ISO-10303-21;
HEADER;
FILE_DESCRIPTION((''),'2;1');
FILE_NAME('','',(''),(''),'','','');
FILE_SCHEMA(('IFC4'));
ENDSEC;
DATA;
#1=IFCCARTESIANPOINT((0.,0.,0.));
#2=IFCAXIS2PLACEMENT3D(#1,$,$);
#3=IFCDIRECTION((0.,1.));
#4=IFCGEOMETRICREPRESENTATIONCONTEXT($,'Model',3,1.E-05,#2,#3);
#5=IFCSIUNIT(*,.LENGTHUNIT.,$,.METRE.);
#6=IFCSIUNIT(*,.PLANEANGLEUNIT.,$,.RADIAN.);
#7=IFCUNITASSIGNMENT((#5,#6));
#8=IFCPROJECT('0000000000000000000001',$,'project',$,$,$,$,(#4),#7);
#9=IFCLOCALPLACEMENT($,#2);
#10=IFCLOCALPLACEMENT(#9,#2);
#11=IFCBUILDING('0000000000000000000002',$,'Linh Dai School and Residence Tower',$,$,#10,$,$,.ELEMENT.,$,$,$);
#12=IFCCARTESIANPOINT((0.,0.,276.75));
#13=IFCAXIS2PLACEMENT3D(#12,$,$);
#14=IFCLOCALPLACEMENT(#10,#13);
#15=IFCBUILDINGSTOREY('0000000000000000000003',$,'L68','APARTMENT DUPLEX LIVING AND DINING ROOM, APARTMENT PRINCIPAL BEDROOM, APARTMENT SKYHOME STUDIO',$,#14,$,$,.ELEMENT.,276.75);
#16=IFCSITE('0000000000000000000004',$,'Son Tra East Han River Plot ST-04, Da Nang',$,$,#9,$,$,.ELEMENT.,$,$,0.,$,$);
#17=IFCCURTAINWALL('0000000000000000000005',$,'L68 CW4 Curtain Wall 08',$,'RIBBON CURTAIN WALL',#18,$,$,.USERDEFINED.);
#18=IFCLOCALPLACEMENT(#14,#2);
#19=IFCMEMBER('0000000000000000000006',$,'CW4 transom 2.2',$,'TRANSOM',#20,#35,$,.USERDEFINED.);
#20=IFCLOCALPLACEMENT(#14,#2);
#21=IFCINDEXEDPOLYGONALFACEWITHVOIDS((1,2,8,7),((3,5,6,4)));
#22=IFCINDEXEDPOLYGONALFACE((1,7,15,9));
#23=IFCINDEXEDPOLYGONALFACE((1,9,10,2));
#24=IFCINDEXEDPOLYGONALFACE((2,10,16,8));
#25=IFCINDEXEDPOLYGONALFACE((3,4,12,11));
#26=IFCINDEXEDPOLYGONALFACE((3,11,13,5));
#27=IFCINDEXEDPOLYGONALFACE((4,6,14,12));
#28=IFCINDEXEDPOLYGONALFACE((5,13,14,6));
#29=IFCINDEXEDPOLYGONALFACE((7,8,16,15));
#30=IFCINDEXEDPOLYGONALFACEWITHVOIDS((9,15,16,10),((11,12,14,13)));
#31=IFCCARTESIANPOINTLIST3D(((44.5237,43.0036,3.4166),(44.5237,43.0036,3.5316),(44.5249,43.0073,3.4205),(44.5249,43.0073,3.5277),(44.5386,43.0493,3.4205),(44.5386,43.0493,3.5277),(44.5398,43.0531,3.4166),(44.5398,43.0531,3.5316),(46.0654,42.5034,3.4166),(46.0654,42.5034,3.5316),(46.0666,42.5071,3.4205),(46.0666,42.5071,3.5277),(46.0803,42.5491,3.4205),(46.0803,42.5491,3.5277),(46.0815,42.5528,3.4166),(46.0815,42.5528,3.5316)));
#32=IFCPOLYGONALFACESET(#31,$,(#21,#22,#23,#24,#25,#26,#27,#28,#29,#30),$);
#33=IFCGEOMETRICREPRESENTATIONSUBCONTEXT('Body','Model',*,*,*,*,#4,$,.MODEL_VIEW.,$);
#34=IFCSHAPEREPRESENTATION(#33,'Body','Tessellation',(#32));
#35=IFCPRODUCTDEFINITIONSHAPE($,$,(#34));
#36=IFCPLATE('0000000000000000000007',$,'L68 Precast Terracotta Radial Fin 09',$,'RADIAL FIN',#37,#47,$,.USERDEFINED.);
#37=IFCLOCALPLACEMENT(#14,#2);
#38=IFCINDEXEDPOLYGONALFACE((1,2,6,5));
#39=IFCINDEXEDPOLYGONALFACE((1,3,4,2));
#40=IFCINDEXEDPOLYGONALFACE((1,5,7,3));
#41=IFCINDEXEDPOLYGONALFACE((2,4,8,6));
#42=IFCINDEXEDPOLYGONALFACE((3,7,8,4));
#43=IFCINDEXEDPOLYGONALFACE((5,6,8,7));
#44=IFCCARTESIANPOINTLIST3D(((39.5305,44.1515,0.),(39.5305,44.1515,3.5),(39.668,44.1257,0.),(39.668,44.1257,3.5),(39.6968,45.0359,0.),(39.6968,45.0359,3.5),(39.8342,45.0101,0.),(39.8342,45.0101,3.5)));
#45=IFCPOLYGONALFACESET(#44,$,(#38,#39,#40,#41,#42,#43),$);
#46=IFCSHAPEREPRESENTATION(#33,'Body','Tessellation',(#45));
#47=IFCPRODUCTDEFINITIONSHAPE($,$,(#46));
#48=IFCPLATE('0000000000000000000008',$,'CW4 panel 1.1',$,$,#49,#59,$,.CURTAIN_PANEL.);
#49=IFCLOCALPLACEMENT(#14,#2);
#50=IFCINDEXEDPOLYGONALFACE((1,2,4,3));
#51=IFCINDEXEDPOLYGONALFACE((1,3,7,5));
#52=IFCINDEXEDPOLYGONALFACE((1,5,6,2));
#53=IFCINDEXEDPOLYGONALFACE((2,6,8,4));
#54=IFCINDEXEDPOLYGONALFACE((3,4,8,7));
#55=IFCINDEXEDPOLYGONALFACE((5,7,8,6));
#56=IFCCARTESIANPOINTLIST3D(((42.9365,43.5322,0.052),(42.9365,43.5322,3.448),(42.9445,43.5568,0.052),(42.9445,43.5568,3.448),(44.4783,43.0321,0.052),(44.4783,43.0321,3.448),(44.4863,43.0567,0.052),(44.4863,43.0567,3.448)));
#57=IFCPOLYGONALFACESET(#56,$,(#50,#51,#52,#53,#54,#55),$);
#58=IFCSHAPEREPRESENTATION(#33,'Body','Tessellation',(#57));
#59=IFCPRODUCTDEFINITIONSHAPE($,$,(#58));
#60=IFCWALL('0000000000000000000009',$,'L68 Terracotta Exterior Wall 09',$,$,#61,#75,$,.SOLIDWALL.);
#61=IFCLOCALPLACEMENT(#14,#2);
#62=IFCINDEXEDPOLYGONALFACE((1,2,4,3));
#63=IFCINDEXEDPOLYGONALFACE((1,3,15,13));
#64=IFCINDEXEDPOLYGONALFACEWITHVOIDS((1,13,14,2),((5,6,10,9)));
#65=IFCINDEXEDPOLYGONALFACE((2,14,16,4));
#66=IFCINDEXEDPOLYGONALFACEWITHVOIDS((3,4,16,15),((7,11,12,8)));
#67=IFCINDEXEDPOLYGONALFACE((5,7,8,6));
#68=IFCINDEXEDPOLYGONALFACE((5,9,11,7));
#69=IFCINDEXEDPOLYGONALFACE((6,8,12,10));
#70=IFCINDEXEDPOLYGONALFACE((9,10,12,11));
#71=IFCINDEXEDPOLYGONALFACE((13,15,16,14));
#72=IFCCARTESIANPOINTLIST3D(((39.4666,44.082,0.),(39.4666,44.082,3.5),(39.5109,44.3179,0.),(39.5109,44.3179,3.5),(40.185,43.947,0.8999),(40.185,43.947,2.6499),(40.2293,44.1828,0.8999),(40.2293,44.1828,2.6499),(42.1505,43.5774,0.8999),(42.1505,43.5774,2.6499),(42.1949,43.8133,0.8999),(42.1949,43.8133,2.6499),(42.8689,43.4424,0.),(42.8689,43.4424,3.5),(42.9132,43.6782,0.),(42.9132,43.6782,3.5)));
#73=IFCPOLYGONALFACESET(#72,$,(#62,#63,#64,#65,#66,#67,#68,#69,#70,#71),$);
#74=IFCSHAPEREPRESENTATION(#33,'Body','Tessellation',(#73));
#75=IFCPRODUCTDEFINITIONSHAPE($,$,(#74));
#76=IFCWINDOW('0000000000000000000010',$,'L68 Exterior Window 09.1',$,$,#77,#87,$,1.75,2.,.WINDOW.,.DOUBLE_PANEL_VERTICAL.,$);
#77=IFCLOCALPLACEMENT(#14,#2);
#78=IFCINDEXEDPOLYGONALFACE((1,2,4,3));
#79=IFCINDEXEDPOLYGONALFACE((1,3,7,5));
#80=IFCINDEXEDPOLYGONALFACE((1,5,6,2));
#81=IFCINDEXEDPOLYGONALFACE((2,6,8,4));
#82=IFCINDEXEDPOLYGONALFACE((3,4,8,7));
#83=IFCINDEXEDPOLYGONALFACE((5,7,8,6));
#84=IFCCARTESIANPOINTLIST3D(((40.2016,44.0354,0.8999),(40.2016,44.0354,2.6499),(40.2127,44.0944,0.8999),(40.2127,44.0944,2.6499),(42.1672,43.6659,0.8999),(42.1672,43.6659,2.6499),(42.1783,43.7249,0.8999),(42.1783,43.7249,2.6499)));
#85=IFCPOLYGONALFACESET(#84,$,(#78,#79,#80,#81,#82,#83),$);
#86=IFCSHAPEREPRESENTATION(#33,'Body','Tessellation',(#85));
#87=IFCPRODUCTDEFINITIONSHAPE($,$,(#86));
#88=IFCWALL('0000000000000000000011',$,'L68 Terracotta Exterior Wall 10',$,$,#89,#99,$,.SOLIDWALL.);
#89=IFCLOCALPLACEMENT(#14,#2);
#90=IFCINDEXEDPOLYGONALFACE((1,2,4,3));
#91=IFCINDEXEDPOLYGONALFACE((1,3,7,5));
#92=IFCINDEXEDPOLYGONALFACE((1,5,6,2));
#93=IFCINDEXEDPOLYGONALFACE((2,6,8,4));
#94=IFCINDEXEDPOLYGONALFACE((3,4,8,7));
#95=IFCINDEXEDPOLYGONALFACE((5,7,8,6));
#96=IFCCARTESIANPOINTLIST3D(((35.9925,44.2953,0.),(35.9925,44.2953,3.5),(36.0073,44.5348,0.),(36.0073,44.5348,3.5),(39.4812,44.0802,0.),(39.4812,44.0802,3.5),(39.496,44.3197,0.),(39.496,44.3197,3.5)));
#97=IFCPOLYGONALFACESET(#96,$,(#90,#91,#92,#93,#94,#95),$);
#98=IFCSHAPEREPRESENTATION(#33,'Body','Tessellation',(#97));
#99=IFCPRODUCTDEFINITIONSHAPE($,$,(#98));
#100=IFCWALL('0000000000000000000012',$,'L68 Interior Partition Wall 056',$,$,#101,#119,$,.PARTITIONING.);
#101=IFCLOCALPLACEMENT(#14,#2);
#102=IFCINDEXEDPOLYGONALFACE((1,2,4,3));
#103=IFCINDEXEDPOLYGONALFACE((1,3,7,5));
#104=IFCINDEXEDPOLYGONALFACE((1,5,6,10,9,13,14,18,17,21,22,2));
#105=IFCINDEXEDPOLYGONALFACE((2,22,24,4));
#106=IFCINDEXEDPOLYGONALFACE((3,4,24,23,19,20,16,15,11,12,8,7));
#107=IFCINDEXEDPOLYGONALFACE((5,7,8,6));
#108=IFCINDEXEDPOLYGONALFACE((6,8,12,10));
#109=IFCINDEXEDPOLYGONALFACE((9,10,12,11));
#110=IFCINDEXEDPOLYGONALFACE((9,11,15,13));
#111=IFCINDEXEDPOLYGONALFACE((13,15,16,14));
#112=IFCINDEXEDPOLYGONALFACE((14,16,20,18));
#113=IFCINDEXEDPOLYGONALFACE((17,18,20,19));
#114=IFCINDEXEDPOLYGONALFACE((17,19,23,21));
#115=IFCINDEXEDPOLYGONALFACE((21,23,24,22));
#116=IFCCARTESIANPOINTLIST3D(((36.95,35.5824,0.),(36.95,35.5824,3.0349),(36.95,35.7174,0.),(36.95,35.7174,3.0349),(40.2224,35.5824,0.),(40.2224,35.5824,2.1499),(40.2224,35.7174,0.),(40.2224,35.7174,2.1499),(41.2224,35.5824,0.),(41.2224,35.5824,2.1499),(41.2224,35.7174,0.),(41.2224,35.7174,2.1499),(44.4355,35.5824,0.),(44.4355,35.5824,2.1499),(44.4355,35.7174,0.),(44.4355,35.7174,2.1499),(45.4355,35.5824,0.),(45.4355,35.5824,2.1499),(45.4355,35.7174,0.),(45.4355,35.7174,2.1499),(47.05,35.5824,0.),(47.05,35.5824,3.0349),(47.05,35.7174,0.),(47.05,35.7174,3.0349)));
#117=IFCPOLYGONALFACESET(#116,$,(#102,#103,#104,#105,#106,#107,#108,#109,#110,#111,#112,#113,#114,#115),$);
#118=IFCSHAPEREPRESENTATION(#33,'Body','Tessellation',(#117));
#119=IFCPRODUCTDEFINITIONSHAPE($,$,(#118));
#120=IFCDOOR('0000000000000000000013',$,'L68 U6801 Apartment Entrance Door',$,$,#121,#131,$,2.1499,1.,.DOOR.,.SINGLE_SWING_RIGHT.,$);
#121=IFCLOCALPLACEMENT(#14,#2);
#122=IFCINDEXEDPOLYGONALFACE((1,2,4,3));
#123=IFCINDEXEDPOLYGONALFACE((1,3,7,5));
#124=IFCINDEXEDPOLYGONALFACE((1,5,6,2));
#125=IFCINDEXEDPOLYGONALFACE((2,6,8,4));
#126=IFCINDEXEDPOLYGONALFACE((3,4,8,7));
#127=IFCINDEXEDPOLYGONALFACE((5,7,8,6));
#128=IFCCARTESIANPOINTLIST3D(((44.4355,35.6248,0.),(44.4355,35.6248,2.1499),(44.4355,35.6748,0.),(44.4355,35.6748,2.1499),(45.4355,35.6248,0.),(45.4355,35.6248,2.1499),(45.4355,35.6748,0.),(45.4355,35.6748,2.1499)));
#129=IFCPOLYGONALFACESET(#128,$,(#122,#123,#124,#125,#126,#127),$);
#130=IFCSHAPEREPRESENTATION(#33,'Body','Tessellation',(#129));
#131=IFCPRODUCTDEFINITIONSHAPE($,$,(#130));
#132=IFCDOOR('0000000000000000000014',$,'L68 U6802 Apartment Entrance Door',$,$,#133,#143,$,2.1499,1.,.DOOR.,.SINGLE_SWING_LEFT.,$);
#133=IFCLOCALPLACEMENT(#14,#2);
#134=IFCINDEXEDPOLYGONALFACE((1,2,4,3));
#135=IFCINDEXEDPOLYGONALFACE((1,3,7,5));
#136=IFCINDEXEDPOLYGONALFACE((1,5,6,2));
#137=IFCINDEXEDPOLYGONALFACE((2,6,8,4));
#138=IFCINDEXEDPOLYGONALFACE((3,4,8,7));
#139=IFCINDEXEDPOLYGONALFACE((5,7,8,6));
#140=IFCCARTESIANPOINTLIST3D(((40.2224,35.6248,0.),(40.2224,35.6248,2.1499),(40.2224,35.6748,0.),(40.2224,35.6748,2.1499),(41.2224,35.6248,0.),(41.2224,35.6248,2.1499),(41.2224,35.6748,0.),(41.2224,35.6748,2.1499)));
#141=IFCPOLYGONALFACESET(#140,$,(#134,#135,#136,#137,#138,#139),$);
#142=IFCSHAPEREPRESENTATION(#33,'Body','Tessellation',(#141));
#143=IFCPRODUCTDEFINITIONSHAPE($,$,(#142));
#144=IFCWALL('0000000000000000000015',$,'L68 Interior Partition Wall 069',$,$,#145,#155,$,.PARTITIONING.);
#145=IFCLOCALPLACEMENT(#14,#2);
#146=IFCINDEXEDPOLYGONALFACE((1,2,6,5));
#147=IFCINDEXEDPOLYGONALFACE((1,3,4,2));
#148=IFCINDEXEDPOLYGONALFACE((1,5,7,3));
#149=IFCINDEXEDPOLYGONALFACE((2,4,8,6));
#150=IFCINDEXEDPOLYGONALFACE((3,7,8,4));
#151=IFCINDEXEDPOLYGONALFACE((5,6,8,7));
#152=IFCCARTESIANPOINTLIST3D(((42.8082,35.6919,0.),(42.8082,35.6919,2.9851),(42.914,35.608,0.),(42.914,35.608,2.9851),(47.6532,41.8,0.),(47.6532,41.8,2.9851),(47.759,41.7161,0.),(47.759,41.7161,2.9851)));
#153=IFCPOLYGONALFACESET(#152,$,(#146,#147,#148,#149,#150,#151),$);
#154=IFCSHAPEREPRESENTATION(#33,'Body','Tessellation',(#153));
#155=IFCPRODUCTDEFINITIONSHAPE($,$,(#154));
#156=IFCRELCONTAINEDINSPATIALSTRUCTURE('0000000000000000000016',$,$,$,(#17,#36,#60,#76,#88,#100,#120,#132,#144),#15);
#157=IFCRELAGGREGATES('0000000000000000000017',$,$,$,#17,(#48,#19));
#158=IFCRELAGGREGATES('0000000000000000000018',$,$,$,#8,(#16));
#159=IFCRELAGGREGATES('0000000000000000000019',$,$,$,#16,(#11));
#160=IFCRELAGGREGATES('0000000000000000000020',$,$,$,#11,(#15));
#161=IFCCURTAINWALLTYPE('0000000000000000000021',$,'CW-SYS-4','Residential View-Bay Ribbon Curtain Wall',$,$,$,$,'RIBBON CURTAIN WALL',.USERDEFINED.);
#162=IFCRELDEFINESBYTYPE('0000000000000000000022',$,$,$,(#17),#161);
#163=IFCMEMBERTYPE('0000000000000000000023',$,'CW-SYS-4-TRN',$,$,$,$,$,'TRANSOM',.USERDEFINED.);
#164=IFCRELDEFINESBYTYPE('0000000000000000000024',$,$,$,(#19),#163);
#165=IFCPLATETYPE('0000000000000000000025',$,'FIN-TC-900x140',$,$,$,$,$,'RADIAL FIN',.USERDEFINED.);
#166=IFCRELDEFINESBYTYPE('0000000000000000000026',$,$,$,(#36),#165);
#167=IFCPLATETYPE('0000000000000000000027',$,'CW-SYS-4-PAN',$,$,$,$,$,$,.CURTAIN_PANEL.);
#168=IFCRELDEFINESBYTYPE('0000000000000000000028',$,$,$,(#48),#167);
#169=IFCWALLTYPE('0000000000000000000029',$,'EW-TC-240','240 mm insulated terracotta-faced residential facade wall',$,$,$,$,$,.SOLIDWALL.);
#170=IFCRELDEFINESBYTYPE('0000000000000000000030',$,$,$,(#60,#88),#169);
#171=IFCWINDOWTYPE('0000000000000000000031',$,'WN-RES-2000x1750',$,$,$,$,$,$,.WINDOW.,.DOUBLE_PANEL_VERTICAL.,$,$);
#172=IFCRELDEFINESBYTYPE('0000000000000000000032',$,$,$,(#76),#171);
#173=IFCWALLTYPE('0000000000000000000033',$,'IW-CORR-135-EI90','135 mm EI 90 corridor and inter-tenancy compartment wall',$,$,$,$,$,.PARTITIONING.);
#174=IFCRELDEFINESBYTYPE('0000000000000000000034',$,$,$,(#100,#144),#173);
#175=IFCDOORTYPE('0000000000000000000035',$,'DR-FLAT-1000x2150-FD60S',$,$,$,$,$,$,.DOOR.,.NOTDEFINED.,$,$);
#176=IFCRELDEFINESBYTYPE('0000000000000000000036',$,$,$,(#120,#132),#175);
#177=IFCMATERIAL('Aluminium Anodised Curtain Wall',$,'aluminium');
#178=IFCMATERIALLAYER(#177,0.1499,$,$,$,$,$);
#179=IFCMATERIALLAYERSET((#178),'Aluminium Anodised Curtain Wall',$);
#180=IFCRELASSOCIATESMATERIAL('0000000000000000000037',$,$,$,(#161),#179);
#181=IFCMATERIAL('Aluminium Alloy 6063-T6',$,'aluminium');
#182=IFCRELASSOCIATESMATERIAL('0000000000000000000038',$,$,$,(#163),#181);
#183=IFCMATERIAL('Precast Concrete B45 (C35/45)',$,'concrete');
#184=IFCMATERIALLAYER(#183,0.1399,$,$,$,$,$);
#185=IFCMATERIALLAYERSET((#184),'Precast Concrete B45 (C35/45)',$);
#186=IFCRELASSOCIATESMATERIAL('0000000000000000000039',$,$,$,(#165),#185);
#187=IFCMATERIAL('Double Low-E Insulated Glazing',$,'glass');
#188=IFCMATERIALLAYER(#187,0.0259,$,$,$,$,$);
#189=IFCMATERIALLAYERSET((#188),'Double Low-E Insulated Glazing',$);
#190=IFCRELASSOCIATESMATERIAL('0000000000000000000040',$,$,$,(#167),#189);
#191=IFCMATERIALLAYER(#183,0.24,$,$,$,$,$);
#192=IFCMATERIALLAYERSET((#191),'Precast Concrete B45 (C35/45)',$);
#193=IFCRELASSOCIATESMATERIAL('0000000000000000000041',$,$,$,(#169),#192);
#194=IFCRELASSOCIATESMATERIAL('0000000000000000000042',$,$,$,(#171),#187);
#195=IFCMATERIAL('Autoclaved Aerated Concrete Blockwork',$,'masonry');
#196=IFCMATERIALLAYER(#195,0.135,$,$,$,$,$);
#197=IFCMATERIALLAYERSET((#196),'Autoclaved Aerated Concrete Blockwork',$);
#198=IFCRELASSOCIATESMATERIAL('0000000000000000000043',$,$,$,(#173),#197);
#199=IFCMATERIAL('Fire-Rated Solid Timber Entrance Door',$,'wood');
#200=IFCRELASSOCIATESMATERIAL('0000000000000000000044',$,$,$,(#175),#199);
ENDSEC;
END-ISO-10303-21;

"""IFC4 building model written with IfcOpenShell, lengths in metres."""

from ifc_helpers import new_model, si_unit, direction, frame, frame_2d, origin, origin_2d, place, context, subcontext, project, spatial, rectangle, hollow_rectangle, extrude, source, transform, mapped, material, layer, layer_set, material_profile, profile_set, type_object, element, fill, aggregate, save


model = new_model("IFC4")

# Units and contexts
model_context = context("Model", 3, precision=1e-05, world=origin(), true_north=direction((0.0, 1.0)))
body_context = subcontext(model_context, "Body", "Model", "MODEL_VIEW")
ifc_project = project(units=[si_unit("LENGTHUNIT", "METRE"), si_unit("PLANEANGLEUNIT", "RADIAN")], contexts=[model_context])

# Site, building, storey
site_placement = place(None, origin())
site = spatial("IfcSite", under=ifc_project, at=site_placement, Name="Son Tra East Han River Plot ST-04, Da Nang", CompositionType="ELEMENT", RefElevation=0.0)
building_placement = place(site_placement, origin())
building = spatial("IfcBuilding", under=site, at=building_placement, Name="Linh Dai School and Residence Tower", CompositionType="ELEMENT")
storey_placement = place(building_placement, frame((0.0, 0.0, 276.75)))
storey = spatial("IfcBuildingStorey", under=building, at=storey_placement, Name="L68", Description="APARTMENT DUPLEX LIVING AND DINING ROOM, APARTMENT PRINCIPAL BEDROOM, APARTMENT SKYHOME STUDIO", CompositionType="ELEMENT", Elevation=276.75)

# Curtain wall, member
ifc_material_1 = material(Name="Aluminium Anodised Curtain Wall", Category="aluminium")
ifc_layer_1 = layer(ifc_material_1, 0.1499)
ifc_layer_set_1 = layer_set([ifc_layer_1], Name="Aluminium Anodised Curtain Wall")
curtain_wall_type = type_object("IfcCurtainWallType", Name="CW-SYS-4", Description="Residential View-Bay Ribbon Curtain Wall", ElementType="RIBBON CURTAIN WALL", PredefinedType="USERDEFINED", material=ifc_layer_set_1)
curtain_wall_placement = place(storey_placement, origin())
curtain_wall = element("IfcCurtainWall", 1, at=curtain_wall_placement, inside=storey, type_object=curtain_wall_type, Name="L68 CW4 Curtain Wall 08", ObjectType="RIBBON CURTAIN WALL", PredefinedType="USERDEFINED")
ifc_material_2 = material(Name="Aluminium Alloy 6063-T6", Category="aluminium")
ifc_material_profile_1 = material_profile(ifc_material_2, hollow_rectangle(XDim=0.052, YDim=0.115, WallThickness=0.0039, at=origin_2d()), Name="RHS 115x52x4")
ifc_profile_set_1 = profile_set([ifc_material_profile_1], Name="Aluminium Alloy 6063-T6")
member_type_1 = type_object("IfcMemberType", Name="CW-SYS-4-TRN", ElementType="TRANSOM", PredefinedType="USERDEFINED", material=ifc_profile_set_1)
shared_shape_1 = source(origin(), body_context, "Body", "SweptSolid", [
    extrude(hollow_rectangle(XDim=0.052, YDim=0.115, WallThickness=0.0039, at=origin_2d()), origin(), (0.0, 0.0, 1.0), 1.6208),
])
member_1_placement = place(storey_placement, frame((44.5317, 43.0283, 3.4741), z_axis=(0.951183, -0.308626, 0.0), x_axis=(0.308626, 0.951183, 0.0)))
member_1 = element("IfcMember", 2, at=member_1_placement, type_object=member_type_1, Name="CW4 transom 2.2", ObjectType="TRANSOM", PredefinedType="USERDEFINED", context=body_context, shape_type="MappedRepresentation", body=[
    mapped(shared_shape_1, transform((0.0, 0.0, 0.0), x_axis=(1.0, 0.0, 0.0), y_axis=(0.0, 1.0, 0.0), z_axis=(0.0, 0.0, 1.0), scale=1.0)),
])

# Plates
ifc_material_3 = material(Name="Precast Concrete B45 (C35/45)", Category="concrete")
ifc_layer_2 = layer(ifc_material_3, 0.1399)
ifc_layer_set_2 = layer_set([ifc_layer_2], Name="Precast Concrete B45 (C35/45)")
plate_type_1 = type_object("IfcPlateType", Name="FIN-TC-900x140", ElementType="RADIAL FIN", PredefinedType="USERDEFINED", material=ifc_layer_set_2)
shared_shape_2 = source(origin(), body_context, "Body", "SweptSolid", [
    extrude(rectangle(XDim=0.8999, YDim=0.1399, at=origin_2d()), origin(), (0.0, 0.0, 1.0), 3.5),
])
plate_1_placement = place(storey_placement, frame((39.6824, 44.5808, 0.0), z_axis=(0.0, 0.0, 1.0), x_axis=(0.184751, 0.982785, 0.0)))
element("IfcPlate", 3, at=plate_1_placement, inside=storey, type_object=plate_type_1, Name="L68 Precast Terracotta Radial Fin 09", ObjectType="RADIAL FIN", PredefinedType="USERDEFINED", context=body_context, shape_type="MappedRepresentation", body=[
    mapped(shared_shape_2, transform((0.0, 0.0, 0.0), x_axis=(1.0, 0.0, 0.0), y_axis=(0.0, 1.0, 0.0), z_axis=(0.0, 0.0, 1.0), scale=1.0)),
])
ifc_material_4 = material(Name="Double Low-E Insulated Glazing", Category="glass")
ifc_layer_3 = layer(ifc_material_4, 0.0259)
ifc_layer_set_3 = layer_set([ifc_layer_3], Name="Double Low-E Insulated Glazing")
plate_type_2 = type_object("IfcPlateType", Name="CW-SYS-4-PAN", PredefinedType="CURTAIN_PANEL", material=ifc_layer_set_3)
shared_shape_3 = source(origin(), body_context, "Body", "SweptSolid", [
    extrude(rectangle(XDim=1.6208, YDim=0.0259, at=origin_2d()), origin(), (0.0, 0.0, 1.0), 3.396),
])
plate_2_placement = place(storey_placement, frame((43.7114, 43.2944, 0.052), z_axis=(0.0, 0.0, 1.0), x_axis=(0.951218, -0.308519, 0.0)))
plate_2 = element("IfcPlate", 4, at=plate_2_placement, type_object=plate_type_2, Name="CW4 panel 1.1", PredefinedType="CURTAIN_PANEL", context=body_context, shape_type="MappedRepresentation", body=[
    mapped(shared_shape_3, transform((0.0, 0.0, 0.0), x_axis=(1.0, 0.0, 0.0), y_axis=(0.0, 1.0, 0.0), z_axis=(0.0, 0.0, 1.0), scale=1.0)),
])
aggregate(curtain_wall, [plate_2, member_1])

# Wall, opening, window
ifc_layer_4 = layer(ifc_material_3, 0.24)
ifc_layer_set_4 = layer_set([ifc_layer_4], Name="Precast Concrete B45 (C35/45)")
wall_type_1 = type_object("IfcWallType", Name="EW-TC-240", Description="240 mm insulated terracotta-faced residential facade wall", PredefinedType="SOLIDWALL", material=ifc_layer_set_4)
wall_1_placement = place(storey_placement, frame((39.4888, 44.2, 0.0), z_axis=(0.0, 0.0, 1.0), x_axis=(0.982783, -0.184765, 0.0)))
wall_1 = element("IfcWall", 5, at=wall_1_placement, inside=storey, type_object=wall_type_1, Name="L68 Terracotta Exterior Wall 09", PredefinedType="SOLIDWALL", context=body_context, shape_type="SweptSolid", body=[
    extrude(rectangle(XDim=3.4619, YDim=0.24, at=frame_2d((1.731, 0.0))), origin(), (0.0, 0.0, 1.0), 3.5),
])
opening_1_placement = place(wall_1_placement, frame((0.731, 0.0, 0.8999)))
opening_1 = element("IfcOpeningElement", 6, at=opening_1_placement, cuts=wall_1, PredefinedType="OPENING", context=body_context, shape_type="SweptSolid", body=[
    extrude(rectangle(XDim=2.0, YDim=1.75, at=origin_2d()), frame((1.0, 0.1299, 0.875), z_axis=(0.0, -1.0, 0.0), x_axis=(1.0, 0.0, 0.0)), (0.0, 0.0, 1.0), 0.26),
])
window_type = type_object("IfcWindowType", Name="WN-RES-2000x1750", PartitioningType="DOUBLE_PANEL_VERTICAL", PredefinedType="WINDOW", material=ifc_material_4)
shared_shape_4 = source(origin(), body_context, "Body", "SweptSolid", [
    extrude(rectangle(XDim=2.0, YDim=1.75, at=origin_2d()), frame((1.0, 0.03, 0.875), z_axis=(0.0, -1.0, 0.0), x_axis=(1.0, 0.0, 0.0)), (0.0, 0.0, 1.0), 0.0601),
])
window_placement = place(opening_1_placement, origin())
window = element("IfcWindow", 7, at=window_placement, inside=storey, type_object=window_type, Name="L68 Exterior Window 09.1", OverallHeight=1.75, OverallWidth=2.0, PartitioningType="DOUBLE_PANEL_VERTICAL", PredefinedType="WINDOW", context=body_context, shape_type="MappedRepresentation", body=[
    mapped(shared_shape_4, transform((0.0, 0.0, 0.0), x_axis=(1.0, 0.0, 0.0), y_axis=(0.0, 1.0, 0.0), z_axis=(0.0, 0.0, 1.0), scale=1.0)),
])
fill(opening_1, window)

# Wall
wall_2_placement = place(storey_placement, frame((36.0, 44.415, 0.0), z_axis=(0.0, 0.0, 1.0), x_axis=(0.998105, -0.061535, 0.0)))
element("IfcWall", 8, at=wall_2_placement, inside=storey, type_object=wall_type_1, Name="L68 Terracotta Exterior Wall 10", PredefinedType="SOLIDWALL", context=body_context, shape_type="SweptSolid", body=[
    extrude(rectangle(XDim=3.4954, YDim=0.24, at=frame_2d((1.7476, 0.0))), origin(), (0.0, 0.0, 1.0), 3.5),
])

# Wall, openings, doors
ifc_material_5 = material(Name="Autoclaved Aerated Concrete Blockwork", Category="masonry")
ifc_layer_5 = layer(ifc_material_5, 0.135)
ifc_layer_set_5 = layer_set([ifc_layer_5], Name="Autoclaved Aerated Concrete Blockwork")
wall_type_2 = type_object("IfcWallType", Name="IW-CORR-135-EI90", Description="135 mm EI 90 corridor and inter-tenancy compartment wall", PredefinedType="PARTITIONING", material=ifc_layer_set_5)
wall_3_placement = place(storey_placement, frame((36.95, 35.6499, 0.0), z_axis=(0.0, 0.0, 1.0), x_axis=(1.0, 0.0, 0.0)))
wall_3 = element("IfcWall", 9, at=wall_3_placement, inside=storey, type_object=wall_type_2, Name="L68 Interior Partition Wall 056", PredefinedType="PARTITIONING", context=body_context, shape_type="SweptSolid", body=[
    extrude(rectangle(XDim=10.1001, YDim=0.135, at=frame_2d((5.05, 0.0))), origin(), (0.0, 0.0, 1.0), 3.0349),
])
opening_2_placement = place(wall_3_placement, frame((7.4856, 0.0, 0.0)))
opening_2 = element("IfcOpeningElement", 10, at=opening_2_placement, cuts=wall_3, PredefinedType="OPENING", context=body_context, shape_type="SweptSolid", body=[
    extrude(rectangle(XDim=1.0, YDim=2.1499, at=origin_2d()), frame((0.5, 0.0776, 1.075), z_axis=(0.0, -1.0, 0.0), x_axis=(1.0, 0.0, 0.0)), (0.0, 0.0, 1.0), 0.155),
])
opening_3_placement = place(wall_3_placement, frame((3.2725, 0.0, 0.0)))
opening_3 = element("IfcOpeningElement", 11, at=opening_3_placement, cuts=wall_3, PredefinedType="OPENING", context=body_context, shape_type="SweptSolid", body=[
    extrude(rectangle(XDim=1.0, YDim=2.1499, at=origin_2d()), frame((0.5, 0.0776, 1.075), z_axis=(0.0, -1.0, 0.0), x_axis=(1.0, 0.0, 0.0)), (0.0, 0.0, 1.0), 0.155),
])
ifc_material_6 = material(Name="Fire-Rated Solid Timber Entrance Door", Category="wood")
door_type_1 = type_object("IfcDoorType", Name="DR-FLAT-1000x2150-FD60S", OperationType="NOTDEFINED", PredefinedType="DOOR", material=ifc_material_6)
shared_shape_5 = source(origin(), body_context, "Body", "SweptSolid", [
    extrude(rectangle(XDim=1.0, YDim=2.1499, at=origin_2d()), frame((0.5, 0.0249, 1.075), z_axis=(0.0, -1.0, 0.0), x_axis=(1.0, 0.0, 0.0)), (0.0, 0.0, 1.0), 0.05),
])
door_1_placement = place(opening_2_placement, origin())
door_1 = element("IfcDoor", 12, at=door_1_placement, inside=storey, type_object=door_type_1, Name="L68 U6801 Apartment Entrance Door", OperationType="SINGLE_SWING_RIGHT", OverallHeight=2.1499, OverallWidth=1.0, PredefinedType="DOOR", context=body_context, shape_type="MappedRepresentation", body=[
    mapped(shared_shape_5, transform((0.0, 0.0, 0.0), x_axis=(1.0, 0.0, 0.0), y_axis=(0.0, 1.0, 0.0), z_axis=(0.0, 0.0, 1.0), scale=1.0)),
])
fill(opening_2, door_1)
door_2_placement = place(opening_3_placement, origin())
door_2 = element("IfcDoor", 13, at=door_2_placement, inside=storey, type_object=door_type_1, Name="L68 U6802 Apartment Entrance Door", OperationType="SINGLE_SWING_LEFT", OverallHeight=2.1499, OverallWidth=1.0, PredefinedType="DOOR", context=body_context, shape_type="MappedRepresentation", body=[
    mapped(shared_shape_5, transform((0.0, 0.0, 0.0), x_axis=(1.0, 0.0, 0.0), y_axis=(0.0, 1.0, 0.0), z_axis=(0.0, 0.0, 1.0), scale=1.0)),
])
fill(opening_3, door_2)

# Wall
wall_4_placement = place(storey_placement, frame((42.8611, 35.6499, 0.0), z_axis=(0.0, 0.0, 1.0), x_axis=(0.62144, 0.783462, 0.0)))
element("IfcWall", 14, at=wall_4_placement, inside=storey, type_object=wall_type_2, Name="L68 Interior Partition Wall 069", PredefinedType="PARTITIONING", context=body_context, shape_type="SweptSolid", body=[
    extrude(rectangle(XDim=7.7964, YDim=0.135, at=frame_2d((3.8982, 0.0))), origin(), (0.0, 0.0, 1.0), 2.9851),
])

save(model, "model.ifc")
